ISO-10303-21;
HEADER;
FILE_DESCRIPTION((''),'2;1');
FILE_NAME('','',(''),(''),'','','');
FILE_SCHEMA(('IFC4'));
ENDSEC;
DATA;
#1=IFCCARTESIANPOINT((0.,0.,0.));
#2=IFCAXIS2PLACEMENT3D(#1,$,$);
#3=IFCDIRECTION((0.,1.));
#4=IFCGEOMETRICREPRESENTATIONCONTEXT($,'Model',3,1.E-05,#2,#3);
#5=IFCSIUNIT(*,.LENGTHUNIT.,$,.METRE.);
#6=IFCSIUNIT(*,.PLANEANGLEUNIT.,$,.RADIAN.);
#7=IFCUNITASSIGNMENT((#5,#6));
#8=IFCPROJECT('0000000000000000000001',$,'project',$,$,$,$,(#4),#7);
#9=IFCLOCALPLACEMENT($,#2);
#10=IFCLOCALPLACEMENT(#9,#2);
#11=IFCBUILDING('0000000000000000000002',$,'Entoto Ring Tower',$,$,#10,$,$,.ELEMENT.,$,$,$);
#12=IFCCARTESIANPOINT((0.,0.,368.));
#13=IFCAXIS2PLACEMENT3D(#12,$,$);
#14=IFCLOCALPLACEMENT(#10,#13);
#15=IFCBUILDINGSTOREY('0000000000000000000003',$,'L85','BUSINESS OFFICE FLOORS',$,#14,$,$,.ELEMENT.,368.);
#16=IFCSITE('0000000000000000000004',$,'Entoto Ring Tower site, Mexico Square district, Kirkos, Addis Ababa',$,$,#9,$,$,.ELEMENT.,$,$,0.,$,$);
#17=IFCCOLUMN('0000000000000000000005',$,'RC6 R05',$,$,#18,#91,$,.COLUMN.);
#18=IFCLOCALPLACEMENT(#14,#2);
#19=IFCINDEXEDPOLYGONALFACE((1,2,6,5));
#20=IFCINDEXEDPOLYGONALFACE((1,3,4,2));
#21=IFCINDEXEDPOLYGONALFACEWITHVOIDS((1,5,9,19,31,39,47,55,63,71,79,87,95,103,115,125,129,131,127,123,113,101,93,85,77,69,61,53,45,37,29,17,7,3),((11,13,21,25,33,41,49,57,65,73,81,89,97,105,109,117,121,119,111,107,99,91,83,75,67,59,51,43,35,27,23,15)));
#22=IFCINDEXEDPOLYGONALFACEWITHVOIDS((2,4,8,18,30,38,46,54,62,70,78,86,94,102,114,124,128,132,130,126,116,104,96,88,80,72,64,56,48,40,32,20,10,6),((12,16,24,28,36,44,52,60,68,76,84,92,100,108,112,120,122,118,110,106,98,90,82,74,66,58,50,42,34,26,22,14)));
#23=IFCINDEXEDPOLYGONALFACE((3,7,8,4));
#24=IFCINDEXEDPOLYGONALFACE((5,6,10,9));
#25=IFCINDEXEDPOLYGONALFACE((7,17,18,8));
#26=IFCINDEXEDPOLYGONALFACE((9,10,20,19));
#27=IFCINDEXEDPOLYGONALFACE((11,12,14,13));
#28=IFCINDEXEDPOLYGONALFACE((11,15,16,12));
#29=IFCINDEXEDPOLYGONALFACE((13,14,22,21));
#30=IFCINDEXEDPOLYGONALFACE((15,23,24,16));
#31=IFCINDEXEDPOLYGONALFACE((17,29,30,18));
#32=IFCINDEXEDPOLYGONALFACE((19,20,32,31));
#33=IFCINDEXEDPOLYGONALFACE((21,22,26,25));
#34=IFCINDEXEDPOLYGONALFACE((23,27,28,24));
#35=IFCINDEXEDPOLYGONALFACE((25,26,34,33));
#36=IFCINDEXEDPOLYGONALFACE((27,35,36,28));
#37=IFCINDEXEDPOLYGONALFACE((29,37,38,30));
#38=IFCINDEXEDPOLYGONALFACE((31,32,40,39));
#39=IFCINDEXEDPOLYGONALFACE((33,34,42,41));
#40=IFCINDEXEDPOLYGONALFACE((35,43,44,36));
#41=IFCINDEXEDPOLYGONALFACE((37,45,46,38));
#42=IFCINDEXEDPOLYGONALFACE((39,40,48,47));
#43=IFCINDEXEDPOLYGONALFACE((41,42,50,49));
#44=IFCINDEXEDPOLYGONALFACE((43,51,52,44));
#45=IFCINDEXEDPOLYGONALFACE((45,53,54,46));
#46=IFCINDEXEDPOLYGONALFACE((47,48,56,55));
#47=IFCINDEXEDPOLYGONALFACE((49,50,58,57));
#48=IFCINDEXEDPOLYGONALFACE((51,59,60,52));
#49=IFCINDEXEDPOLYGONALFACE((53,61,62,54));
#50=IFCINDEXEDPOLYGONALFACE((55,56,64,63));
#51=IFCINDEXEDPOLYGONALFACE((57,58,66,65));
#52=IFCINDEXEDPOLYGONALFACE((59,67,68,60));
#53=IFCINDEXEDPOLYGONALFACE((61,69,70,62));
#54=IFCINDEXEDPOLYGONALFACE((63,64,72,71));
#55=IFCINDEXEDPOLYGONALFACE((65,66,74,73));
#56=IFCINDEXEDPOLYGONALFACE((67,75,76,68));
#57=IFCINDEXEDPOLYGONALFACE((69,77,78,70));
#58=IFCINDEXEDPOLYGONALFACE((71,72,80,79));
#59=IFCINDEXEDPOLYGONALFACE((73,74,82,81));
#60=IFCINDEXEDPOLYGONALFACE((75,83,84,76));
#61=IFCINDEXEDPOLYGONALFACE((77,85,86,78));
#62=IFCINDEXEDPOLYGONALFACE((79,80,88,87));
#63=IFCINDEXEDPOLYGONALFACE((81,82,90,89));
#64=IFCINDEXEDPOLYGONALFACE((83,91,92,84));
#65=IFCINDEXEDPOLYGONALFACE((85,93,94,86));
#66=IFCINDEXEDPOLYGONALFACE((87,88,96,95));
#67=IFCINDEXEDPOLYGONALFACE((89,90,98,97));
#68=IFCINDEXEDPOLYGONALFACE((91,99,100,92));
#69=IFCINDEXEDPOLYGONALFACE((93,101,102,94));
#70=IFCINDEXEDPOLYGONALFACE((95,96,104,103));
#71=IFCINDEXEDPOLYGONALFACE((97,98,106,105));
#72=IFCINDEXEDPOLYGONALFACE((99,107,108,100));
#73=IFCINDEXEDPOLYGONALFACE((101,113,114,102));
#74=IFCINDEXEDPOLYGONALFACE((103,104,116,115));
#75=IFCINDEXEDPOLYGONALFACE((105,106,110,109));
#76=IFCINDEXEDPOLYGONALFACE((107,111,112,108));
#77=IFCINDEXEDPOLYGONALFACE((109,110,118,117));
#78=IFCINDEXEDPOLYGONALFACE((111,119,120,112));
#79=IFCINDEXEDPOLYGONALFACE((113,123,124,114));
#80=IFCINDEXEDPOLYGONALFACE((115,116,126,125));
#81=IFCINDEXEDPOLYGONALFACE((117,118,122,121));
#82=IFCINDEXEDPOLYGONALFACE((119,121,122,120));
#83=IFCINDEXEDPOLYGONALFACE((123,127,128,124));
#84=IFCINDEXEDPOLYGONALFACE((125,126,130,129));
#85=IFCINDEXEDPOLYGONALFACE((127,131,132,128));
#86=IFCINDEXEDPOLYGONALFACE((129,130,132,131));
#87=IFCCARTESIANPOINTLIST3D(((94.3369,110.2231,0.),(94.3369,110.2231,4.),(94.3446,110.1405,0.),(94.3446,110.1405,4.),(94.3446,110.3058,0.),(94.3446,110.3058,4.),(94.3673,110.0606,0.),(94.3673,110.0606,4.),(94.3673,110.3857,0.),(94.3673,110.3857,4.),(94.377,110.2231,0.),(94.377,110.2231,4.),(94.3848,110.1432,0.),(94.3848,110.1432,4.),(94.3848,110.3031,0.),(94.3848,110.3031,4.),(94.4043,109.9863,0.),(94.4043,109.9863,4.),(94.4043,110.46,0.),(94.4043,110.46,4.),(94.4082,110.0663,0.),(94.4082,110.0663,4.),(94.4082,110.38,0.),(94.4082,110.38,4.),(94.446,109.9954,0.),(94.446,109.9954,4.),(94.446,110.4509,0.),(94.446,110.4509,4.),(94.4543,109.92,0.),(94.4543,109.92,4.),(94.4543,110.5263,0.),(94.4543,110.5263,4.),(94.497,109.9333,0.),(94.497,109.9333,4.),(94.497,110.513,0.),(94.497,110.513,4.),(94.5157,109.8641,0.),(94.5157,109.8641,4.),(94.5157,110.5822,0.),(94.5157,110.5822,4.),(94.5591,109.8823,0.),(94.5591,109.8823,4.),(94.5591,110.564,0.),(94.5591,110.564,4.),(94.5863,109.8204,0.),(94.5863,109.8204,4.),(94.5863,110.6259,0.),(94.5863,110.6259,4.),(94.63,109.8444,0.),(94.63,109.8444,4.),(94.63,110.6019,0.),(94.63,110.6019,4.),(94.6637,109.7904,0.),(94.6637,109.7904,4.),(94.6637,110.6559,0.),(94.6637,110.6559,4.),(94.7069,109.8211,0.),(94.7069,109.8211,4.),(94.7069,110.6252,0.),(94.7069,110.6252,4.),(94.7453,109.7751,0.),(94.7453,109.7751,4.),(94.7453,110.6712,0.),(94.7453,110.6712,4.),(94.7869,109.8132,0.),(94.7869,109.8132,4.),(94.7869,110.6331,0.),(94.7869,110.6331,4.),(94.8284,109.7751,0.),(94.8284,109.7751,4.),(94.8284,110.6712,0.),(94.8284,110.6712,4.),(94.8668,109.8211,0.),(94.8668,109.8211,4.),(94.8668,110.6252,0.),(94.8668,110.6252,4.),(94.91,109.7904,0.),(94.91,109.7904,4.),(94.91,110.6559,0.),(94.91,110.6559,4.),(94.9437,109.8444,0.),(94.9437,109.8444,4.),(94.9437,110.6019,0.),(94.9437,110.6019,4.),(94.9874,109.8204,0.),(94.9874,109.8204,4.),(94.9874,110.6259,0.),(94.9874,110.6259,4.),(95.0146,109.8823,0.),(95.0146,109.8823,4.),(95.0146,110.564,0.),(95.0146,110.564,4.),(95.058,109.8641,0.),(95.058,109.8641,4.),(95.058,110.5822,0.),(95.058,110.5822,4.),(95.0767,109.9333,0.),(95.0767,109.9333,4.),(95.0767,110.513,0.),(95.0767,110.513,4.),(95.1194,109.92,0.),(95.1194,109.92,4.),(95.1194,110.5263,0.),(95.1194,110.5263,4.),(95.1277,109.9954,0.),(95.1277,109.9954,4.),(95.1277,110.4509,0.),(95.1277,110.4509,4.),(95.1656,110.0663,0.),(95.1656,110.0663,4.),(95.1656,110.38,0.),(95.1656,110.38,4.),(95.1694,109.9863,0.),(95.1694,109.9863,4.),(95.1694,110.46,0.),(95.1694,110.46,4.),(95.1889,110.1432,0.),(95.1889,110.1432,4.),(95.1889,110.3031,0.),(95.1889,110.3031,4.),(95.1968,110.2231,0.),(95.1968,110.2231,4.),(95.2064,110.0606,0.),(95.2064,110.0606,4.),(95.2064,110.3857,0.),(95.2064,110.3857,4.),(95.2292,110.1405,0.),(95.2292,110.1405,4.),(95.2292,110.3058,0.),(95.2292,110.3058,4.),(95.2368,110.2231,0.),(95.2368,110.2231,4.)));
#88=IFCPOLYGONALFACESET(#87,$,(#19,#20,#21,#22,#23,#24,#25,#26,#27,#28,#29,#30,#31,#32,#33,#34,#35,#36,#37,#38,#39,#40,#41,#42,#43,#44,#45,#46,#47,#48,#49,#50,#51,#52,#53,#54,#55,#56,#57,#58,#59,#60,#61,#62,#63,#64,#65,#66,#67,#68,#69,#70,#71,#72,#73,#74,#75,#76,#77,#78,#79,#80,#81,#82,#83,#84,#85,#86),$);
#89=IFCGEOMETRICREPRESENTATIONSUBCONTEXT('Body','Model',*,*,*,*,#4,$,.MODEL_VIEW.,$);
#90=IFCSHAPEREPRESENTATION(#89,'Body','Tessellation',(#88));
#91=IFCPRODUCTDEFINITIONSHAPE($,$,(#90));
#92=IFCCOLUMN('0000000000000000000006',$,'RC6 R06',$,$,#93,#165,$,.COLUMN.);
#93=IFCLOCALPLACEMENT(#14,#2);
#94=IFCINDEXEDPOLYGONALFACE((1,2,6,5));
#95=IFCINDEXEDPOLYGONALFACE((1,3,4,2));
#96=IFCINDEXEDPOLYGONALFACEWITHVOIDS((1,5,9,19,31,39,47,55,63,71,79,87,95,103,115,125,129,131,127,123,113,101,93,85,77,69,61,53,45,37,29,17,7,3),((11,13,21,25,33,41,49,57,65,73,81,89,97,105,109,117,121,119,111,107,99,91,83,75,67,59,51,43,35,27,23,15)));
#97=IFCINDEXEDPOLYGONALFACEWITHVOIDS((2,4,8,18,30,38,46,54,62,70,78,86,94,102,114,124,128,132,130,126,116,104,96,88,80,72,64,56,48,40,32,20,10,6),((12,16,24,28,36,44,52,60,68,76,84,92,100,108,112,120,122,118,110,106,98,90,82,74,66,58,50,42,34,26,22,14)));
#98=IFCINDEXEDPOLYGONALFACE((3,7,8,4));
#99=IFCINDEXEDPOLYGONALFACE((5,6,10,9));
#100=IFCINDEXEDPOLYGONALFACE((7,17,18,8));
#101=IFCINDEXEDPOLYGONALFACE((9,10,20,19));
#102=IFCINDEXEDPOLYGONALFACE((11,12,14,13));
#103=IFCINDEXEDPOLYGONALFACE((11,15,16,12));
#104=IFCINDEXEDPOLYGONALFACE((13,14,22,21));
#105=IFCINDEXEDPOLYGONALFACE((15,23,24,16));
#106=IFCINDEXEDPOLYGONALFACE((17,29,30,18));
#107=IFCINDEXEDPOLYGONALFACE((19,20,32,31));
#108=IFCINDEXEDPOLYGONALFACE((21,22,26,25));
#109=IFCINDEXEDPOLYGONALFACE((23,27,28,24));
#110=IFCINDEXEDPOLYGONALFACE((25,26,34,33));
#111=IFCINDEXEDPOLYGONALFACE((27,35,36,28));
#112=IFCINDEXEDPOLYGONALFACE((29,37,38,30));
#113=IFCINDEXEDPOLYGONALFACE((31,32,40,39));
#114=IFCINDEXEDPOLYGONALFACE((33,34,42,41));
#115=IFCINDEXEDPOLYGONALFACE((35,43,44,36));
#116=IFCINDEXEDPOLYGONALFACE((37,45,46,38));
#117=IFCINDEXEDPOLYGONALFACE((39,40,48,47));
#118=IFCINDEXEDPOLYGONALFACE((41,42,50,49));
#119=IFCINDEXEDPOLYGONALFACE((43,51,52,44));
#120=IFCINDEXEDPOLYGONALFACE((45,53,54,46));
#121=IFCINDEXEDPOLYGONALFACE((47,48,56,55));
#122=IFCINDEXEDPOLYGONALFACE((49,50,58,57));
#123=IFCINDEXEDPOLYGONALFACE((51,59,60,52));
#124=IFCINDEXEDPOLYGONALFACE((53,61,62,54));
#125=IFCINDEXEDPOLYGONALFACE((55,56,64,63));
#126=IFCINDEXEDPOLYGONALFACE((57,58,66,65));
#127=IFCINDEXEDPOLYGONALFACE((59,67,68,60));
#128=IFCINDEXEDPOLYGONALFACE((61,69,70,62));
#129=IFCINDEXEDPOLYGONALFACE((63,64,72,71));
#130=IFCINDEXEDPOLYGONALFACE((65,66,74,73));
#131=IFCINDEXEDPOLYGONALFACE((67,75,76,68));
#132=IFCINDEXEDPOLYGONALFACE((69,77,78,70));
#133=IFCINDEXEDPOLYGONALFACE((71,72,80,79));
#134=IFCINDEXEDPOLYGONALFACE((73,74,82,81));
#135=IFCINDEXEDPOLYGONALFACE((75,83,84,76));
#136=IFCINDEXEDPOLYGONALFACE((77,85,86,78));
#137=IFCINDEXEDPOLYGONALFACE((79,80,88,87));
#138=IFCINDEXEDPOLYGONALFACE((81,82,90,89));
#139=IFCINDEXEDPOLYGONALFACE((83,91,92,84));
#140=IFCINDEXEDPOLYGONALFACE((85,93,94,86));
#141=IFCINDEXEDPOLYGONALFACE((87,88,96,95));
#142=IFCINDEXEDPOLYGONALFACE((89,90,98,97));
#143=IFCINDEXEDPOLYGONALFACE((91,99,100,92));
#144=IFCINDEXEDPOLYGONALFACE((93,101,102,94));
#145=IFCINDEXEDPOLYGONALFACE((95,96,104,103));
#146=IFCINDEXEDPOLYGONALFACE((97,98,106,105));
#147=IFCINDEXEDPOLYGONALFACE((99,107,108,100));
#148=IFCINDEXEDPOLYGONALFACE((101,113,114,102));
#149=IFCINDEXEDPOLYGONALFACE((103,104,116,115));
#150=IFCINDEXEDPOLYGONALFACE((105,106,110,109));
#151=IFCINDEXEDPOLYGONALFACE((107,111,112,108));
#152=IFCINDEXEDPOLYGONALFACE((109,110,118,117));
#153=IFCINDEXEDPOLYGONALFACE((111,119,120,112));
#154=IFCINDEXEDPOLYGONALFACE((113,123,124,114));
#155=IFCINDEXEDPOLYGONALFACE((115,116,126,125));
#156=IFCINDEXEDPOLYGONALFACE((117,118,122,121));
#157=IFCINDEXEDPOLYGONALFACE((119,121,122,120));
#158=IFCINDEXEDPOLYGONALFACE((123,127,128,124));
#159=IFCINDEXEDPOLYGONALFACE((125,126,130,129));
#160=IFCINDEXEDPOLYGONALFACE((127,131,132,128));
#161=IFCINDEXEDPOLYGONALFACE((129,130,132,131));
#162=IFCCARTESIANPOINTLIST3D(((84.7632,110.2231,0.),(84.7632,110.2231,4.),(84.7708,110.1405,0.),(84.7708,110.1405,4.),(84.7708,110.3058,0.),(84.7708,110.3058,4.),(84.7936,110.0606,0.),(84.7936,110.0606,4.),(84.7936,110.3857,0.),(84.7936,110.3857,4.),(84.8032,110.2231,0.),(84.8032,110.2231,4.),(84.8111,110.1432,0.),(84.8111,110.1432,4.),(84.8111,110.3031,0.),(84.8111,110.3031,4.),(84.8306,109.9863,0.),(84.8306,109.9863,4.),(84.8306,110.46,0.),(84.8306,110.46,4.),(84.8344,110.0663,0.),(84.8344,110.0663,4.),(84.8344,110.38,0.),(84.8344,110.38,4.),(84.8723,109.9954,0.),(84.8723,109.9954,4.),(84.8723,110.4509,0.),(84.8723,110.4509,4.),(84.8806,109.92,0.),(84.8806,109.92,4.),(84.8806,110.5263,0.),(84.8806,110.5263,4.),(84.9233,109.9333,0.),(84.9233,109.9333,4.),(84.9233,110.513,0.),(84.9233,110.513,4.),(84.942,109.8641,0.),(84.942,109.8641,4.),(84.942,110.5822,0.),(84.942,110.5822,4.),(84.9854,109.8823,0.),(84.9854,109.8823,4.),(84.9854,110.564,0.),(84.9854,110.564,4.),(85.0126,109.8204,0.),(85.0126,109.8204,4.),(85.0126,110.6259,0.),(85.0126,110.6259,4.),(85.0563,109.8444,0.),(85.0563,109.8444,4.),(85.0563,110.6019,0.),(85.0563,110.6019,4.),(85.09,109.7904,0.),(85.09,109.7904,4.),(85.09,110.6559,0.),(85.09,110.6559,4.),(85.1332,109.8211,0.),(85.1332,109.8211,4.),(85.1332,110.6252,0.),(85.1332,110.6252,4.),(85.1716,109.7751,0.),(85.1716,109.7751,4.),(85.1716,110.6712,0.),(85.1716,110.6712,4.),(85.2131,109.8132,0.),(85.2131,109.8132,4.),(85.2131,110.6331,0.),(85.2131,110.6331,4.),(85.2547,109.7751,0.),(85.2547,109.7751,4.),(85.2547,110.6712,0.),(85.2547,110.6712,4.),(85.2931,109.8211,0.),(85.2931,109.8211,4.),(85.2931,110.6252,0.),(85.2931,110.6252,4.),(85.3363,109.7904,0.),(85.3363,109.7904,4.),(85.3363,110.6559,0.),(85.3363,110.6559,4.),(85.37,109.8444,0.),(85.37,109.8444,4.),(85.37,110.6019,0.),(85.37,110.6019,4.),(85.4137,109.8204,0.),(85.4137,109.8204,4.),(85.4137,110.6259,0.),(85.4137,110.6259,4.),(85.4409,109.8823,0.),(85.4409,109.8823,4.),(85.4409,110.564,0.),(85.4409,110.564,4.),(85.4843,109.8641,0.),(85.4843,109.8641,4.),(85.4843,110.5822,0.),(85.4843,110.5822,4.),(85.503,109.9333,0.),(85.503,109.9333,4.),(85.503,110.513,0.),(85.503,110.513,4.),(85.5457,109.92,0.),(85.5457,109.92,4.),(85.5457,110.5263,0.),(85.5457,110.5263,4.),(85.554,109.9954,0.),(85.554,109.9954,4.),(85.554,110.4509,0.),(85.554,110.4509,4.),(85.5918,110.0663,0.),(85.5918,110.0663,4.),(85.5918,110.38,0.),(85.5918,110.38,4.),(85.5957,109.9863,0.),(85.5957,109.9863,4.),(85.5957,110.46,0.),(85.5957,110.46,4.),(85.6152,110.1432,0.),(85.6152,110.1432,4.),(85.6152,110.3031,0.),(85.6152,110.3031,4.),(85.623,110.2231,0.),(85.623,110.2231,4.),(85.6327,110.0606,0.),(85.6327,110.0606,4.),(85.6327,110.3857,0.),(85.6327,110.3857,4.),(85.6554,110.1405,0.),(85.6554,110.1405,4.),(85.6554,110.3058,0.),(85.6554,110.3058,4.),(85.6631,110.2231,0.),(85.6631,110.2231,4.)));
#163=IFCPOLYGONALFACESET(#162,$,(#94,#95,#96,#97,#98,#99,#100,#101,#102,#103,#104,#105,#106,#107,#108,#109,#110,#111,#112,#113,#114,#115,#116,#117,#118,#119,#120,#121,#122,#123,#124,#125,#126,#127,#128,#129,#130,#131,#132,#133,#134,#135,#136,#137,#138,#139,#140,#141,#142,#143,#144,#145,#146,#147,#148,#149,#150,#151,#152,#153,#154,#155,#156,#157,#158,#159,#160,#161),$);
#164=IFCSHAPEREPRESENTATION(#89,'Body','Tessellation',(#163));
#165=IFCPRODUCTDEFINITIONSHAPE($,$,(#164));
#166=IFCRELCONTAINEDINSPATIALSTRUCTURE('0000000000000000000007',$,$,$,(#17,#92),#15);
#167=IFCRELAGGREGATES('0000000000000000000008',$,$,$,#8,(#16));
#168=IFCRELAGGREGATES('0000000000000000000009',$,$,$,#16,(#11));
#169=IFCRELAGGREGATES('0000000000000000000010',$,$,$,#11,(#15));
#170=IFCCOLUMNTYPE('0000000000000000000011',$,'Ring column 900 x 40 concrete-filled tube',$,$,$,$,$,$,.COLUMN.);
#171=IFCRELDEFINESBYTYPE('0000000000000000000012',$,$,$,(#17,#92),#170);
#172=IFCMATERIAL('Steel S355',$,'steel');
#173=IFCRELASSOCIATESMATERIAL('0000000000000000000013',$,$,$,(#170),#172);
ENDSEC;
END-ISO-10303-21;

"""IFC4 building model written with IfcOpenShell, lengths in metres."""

from ifc_helpers import new_model, si_unit, direction, frame, origin, origin_2d, place, context, subcontext, project, spatial, circle, hollow_circle, extrude, material, material_profile, profile_set, type_object, element, save


model = new_model("IFC4")

# Units and contexts
model_context = context("Model", 3, precision=1e-05, world=origin(), true_north=direction((0.0, 1.0)))
body_context = subcontext(model_context, "Body", "Model", "MODEL_VIEW")
ifc_project = project(units=[si_unit("LENGTHUNIT", "METRE"), si_unit("PLANEANGLEUNIT", "RADIAN")], contexts=[model_context])

# Site, building, storey
site_placement = place(None, origin())
site = spatial("IfcSite", under=ifc_project, at=site_placement, Name="Entoto Ring Tower site, Mexico Square district, Kirkos, Addis Ababa", CompositionType="ELEMENT", RefElevation=0.0)
building_placement = place(site_placement, origin())
building = spatial("IfcBuilding", under=site, at=building_placement, Name="Entoto Ring Tower", CompositionType="ELEMENT")
storey_placement = place(building_placement, frame((0.0, 0.0, 368.0)))
storey = spatial("IfcBuildingStorey", under=building, at=storey_placement, Name="L85", Description="BUSINESS OFFICE FLOORS", CompositionType="ELEMENT", Elevation=368.0)

# Columns
ifc_material_1 = material(Name="Steel S355", Category="steel")
ifc_material_profile_1 = material_profile(ifc_material_1, hollow_circle(Radius=0.45, WallThickness=0.04, at=origin_2d()), Name="CHS 900 x 40")
ifc_material_2 = material(Name="Concrete C60/75", Category="concrete")
ifc_material_profile_2 = material_profile(ifc_material_2, circle(Radius=0.4099, at=origin_2d()), Name="Concrete C60/75 infill")
ifc_profile_set_1 = profile_set([ifc_material_profile_1, ifc_material_profile_2], Name="Steel S355")
column_type = type_object("IfcColumnType", Name="Ring column 900 x 40 concrete-filled tube", PredefinedType="COLUMN", material=ifc_profile_set_1)
for number, where, z_axis, x_axis, name in (
    (1, (94.7869, 110.2231, 0.0), (0.0, 0.0, 1.0), (1.0, 0.0, 0.0), "RC6 R05"),
    (2, (85.2131, 110.2231, 0.0), (0.0, 0.0, 1.0), (1.0, 0.0, 0.0), "RC6 R06"),
):
    element("IfcColumn", number, at=place(storey_placement, frame(where, z_axis=z_axis, x_axis=x_axis)), inside=storey, type_object=column_type, Name=name, PredefinedType="COLUMN", context=body_context, shape_type="SweptSolid", body=[
        extrude(hollow_circle(Radius=0.45, WallThickness=0.04, at=origin_2d()), origin(), (0.0, 0.0, 1.0), 4.0),
    ])

save(model, "model.ifc")
